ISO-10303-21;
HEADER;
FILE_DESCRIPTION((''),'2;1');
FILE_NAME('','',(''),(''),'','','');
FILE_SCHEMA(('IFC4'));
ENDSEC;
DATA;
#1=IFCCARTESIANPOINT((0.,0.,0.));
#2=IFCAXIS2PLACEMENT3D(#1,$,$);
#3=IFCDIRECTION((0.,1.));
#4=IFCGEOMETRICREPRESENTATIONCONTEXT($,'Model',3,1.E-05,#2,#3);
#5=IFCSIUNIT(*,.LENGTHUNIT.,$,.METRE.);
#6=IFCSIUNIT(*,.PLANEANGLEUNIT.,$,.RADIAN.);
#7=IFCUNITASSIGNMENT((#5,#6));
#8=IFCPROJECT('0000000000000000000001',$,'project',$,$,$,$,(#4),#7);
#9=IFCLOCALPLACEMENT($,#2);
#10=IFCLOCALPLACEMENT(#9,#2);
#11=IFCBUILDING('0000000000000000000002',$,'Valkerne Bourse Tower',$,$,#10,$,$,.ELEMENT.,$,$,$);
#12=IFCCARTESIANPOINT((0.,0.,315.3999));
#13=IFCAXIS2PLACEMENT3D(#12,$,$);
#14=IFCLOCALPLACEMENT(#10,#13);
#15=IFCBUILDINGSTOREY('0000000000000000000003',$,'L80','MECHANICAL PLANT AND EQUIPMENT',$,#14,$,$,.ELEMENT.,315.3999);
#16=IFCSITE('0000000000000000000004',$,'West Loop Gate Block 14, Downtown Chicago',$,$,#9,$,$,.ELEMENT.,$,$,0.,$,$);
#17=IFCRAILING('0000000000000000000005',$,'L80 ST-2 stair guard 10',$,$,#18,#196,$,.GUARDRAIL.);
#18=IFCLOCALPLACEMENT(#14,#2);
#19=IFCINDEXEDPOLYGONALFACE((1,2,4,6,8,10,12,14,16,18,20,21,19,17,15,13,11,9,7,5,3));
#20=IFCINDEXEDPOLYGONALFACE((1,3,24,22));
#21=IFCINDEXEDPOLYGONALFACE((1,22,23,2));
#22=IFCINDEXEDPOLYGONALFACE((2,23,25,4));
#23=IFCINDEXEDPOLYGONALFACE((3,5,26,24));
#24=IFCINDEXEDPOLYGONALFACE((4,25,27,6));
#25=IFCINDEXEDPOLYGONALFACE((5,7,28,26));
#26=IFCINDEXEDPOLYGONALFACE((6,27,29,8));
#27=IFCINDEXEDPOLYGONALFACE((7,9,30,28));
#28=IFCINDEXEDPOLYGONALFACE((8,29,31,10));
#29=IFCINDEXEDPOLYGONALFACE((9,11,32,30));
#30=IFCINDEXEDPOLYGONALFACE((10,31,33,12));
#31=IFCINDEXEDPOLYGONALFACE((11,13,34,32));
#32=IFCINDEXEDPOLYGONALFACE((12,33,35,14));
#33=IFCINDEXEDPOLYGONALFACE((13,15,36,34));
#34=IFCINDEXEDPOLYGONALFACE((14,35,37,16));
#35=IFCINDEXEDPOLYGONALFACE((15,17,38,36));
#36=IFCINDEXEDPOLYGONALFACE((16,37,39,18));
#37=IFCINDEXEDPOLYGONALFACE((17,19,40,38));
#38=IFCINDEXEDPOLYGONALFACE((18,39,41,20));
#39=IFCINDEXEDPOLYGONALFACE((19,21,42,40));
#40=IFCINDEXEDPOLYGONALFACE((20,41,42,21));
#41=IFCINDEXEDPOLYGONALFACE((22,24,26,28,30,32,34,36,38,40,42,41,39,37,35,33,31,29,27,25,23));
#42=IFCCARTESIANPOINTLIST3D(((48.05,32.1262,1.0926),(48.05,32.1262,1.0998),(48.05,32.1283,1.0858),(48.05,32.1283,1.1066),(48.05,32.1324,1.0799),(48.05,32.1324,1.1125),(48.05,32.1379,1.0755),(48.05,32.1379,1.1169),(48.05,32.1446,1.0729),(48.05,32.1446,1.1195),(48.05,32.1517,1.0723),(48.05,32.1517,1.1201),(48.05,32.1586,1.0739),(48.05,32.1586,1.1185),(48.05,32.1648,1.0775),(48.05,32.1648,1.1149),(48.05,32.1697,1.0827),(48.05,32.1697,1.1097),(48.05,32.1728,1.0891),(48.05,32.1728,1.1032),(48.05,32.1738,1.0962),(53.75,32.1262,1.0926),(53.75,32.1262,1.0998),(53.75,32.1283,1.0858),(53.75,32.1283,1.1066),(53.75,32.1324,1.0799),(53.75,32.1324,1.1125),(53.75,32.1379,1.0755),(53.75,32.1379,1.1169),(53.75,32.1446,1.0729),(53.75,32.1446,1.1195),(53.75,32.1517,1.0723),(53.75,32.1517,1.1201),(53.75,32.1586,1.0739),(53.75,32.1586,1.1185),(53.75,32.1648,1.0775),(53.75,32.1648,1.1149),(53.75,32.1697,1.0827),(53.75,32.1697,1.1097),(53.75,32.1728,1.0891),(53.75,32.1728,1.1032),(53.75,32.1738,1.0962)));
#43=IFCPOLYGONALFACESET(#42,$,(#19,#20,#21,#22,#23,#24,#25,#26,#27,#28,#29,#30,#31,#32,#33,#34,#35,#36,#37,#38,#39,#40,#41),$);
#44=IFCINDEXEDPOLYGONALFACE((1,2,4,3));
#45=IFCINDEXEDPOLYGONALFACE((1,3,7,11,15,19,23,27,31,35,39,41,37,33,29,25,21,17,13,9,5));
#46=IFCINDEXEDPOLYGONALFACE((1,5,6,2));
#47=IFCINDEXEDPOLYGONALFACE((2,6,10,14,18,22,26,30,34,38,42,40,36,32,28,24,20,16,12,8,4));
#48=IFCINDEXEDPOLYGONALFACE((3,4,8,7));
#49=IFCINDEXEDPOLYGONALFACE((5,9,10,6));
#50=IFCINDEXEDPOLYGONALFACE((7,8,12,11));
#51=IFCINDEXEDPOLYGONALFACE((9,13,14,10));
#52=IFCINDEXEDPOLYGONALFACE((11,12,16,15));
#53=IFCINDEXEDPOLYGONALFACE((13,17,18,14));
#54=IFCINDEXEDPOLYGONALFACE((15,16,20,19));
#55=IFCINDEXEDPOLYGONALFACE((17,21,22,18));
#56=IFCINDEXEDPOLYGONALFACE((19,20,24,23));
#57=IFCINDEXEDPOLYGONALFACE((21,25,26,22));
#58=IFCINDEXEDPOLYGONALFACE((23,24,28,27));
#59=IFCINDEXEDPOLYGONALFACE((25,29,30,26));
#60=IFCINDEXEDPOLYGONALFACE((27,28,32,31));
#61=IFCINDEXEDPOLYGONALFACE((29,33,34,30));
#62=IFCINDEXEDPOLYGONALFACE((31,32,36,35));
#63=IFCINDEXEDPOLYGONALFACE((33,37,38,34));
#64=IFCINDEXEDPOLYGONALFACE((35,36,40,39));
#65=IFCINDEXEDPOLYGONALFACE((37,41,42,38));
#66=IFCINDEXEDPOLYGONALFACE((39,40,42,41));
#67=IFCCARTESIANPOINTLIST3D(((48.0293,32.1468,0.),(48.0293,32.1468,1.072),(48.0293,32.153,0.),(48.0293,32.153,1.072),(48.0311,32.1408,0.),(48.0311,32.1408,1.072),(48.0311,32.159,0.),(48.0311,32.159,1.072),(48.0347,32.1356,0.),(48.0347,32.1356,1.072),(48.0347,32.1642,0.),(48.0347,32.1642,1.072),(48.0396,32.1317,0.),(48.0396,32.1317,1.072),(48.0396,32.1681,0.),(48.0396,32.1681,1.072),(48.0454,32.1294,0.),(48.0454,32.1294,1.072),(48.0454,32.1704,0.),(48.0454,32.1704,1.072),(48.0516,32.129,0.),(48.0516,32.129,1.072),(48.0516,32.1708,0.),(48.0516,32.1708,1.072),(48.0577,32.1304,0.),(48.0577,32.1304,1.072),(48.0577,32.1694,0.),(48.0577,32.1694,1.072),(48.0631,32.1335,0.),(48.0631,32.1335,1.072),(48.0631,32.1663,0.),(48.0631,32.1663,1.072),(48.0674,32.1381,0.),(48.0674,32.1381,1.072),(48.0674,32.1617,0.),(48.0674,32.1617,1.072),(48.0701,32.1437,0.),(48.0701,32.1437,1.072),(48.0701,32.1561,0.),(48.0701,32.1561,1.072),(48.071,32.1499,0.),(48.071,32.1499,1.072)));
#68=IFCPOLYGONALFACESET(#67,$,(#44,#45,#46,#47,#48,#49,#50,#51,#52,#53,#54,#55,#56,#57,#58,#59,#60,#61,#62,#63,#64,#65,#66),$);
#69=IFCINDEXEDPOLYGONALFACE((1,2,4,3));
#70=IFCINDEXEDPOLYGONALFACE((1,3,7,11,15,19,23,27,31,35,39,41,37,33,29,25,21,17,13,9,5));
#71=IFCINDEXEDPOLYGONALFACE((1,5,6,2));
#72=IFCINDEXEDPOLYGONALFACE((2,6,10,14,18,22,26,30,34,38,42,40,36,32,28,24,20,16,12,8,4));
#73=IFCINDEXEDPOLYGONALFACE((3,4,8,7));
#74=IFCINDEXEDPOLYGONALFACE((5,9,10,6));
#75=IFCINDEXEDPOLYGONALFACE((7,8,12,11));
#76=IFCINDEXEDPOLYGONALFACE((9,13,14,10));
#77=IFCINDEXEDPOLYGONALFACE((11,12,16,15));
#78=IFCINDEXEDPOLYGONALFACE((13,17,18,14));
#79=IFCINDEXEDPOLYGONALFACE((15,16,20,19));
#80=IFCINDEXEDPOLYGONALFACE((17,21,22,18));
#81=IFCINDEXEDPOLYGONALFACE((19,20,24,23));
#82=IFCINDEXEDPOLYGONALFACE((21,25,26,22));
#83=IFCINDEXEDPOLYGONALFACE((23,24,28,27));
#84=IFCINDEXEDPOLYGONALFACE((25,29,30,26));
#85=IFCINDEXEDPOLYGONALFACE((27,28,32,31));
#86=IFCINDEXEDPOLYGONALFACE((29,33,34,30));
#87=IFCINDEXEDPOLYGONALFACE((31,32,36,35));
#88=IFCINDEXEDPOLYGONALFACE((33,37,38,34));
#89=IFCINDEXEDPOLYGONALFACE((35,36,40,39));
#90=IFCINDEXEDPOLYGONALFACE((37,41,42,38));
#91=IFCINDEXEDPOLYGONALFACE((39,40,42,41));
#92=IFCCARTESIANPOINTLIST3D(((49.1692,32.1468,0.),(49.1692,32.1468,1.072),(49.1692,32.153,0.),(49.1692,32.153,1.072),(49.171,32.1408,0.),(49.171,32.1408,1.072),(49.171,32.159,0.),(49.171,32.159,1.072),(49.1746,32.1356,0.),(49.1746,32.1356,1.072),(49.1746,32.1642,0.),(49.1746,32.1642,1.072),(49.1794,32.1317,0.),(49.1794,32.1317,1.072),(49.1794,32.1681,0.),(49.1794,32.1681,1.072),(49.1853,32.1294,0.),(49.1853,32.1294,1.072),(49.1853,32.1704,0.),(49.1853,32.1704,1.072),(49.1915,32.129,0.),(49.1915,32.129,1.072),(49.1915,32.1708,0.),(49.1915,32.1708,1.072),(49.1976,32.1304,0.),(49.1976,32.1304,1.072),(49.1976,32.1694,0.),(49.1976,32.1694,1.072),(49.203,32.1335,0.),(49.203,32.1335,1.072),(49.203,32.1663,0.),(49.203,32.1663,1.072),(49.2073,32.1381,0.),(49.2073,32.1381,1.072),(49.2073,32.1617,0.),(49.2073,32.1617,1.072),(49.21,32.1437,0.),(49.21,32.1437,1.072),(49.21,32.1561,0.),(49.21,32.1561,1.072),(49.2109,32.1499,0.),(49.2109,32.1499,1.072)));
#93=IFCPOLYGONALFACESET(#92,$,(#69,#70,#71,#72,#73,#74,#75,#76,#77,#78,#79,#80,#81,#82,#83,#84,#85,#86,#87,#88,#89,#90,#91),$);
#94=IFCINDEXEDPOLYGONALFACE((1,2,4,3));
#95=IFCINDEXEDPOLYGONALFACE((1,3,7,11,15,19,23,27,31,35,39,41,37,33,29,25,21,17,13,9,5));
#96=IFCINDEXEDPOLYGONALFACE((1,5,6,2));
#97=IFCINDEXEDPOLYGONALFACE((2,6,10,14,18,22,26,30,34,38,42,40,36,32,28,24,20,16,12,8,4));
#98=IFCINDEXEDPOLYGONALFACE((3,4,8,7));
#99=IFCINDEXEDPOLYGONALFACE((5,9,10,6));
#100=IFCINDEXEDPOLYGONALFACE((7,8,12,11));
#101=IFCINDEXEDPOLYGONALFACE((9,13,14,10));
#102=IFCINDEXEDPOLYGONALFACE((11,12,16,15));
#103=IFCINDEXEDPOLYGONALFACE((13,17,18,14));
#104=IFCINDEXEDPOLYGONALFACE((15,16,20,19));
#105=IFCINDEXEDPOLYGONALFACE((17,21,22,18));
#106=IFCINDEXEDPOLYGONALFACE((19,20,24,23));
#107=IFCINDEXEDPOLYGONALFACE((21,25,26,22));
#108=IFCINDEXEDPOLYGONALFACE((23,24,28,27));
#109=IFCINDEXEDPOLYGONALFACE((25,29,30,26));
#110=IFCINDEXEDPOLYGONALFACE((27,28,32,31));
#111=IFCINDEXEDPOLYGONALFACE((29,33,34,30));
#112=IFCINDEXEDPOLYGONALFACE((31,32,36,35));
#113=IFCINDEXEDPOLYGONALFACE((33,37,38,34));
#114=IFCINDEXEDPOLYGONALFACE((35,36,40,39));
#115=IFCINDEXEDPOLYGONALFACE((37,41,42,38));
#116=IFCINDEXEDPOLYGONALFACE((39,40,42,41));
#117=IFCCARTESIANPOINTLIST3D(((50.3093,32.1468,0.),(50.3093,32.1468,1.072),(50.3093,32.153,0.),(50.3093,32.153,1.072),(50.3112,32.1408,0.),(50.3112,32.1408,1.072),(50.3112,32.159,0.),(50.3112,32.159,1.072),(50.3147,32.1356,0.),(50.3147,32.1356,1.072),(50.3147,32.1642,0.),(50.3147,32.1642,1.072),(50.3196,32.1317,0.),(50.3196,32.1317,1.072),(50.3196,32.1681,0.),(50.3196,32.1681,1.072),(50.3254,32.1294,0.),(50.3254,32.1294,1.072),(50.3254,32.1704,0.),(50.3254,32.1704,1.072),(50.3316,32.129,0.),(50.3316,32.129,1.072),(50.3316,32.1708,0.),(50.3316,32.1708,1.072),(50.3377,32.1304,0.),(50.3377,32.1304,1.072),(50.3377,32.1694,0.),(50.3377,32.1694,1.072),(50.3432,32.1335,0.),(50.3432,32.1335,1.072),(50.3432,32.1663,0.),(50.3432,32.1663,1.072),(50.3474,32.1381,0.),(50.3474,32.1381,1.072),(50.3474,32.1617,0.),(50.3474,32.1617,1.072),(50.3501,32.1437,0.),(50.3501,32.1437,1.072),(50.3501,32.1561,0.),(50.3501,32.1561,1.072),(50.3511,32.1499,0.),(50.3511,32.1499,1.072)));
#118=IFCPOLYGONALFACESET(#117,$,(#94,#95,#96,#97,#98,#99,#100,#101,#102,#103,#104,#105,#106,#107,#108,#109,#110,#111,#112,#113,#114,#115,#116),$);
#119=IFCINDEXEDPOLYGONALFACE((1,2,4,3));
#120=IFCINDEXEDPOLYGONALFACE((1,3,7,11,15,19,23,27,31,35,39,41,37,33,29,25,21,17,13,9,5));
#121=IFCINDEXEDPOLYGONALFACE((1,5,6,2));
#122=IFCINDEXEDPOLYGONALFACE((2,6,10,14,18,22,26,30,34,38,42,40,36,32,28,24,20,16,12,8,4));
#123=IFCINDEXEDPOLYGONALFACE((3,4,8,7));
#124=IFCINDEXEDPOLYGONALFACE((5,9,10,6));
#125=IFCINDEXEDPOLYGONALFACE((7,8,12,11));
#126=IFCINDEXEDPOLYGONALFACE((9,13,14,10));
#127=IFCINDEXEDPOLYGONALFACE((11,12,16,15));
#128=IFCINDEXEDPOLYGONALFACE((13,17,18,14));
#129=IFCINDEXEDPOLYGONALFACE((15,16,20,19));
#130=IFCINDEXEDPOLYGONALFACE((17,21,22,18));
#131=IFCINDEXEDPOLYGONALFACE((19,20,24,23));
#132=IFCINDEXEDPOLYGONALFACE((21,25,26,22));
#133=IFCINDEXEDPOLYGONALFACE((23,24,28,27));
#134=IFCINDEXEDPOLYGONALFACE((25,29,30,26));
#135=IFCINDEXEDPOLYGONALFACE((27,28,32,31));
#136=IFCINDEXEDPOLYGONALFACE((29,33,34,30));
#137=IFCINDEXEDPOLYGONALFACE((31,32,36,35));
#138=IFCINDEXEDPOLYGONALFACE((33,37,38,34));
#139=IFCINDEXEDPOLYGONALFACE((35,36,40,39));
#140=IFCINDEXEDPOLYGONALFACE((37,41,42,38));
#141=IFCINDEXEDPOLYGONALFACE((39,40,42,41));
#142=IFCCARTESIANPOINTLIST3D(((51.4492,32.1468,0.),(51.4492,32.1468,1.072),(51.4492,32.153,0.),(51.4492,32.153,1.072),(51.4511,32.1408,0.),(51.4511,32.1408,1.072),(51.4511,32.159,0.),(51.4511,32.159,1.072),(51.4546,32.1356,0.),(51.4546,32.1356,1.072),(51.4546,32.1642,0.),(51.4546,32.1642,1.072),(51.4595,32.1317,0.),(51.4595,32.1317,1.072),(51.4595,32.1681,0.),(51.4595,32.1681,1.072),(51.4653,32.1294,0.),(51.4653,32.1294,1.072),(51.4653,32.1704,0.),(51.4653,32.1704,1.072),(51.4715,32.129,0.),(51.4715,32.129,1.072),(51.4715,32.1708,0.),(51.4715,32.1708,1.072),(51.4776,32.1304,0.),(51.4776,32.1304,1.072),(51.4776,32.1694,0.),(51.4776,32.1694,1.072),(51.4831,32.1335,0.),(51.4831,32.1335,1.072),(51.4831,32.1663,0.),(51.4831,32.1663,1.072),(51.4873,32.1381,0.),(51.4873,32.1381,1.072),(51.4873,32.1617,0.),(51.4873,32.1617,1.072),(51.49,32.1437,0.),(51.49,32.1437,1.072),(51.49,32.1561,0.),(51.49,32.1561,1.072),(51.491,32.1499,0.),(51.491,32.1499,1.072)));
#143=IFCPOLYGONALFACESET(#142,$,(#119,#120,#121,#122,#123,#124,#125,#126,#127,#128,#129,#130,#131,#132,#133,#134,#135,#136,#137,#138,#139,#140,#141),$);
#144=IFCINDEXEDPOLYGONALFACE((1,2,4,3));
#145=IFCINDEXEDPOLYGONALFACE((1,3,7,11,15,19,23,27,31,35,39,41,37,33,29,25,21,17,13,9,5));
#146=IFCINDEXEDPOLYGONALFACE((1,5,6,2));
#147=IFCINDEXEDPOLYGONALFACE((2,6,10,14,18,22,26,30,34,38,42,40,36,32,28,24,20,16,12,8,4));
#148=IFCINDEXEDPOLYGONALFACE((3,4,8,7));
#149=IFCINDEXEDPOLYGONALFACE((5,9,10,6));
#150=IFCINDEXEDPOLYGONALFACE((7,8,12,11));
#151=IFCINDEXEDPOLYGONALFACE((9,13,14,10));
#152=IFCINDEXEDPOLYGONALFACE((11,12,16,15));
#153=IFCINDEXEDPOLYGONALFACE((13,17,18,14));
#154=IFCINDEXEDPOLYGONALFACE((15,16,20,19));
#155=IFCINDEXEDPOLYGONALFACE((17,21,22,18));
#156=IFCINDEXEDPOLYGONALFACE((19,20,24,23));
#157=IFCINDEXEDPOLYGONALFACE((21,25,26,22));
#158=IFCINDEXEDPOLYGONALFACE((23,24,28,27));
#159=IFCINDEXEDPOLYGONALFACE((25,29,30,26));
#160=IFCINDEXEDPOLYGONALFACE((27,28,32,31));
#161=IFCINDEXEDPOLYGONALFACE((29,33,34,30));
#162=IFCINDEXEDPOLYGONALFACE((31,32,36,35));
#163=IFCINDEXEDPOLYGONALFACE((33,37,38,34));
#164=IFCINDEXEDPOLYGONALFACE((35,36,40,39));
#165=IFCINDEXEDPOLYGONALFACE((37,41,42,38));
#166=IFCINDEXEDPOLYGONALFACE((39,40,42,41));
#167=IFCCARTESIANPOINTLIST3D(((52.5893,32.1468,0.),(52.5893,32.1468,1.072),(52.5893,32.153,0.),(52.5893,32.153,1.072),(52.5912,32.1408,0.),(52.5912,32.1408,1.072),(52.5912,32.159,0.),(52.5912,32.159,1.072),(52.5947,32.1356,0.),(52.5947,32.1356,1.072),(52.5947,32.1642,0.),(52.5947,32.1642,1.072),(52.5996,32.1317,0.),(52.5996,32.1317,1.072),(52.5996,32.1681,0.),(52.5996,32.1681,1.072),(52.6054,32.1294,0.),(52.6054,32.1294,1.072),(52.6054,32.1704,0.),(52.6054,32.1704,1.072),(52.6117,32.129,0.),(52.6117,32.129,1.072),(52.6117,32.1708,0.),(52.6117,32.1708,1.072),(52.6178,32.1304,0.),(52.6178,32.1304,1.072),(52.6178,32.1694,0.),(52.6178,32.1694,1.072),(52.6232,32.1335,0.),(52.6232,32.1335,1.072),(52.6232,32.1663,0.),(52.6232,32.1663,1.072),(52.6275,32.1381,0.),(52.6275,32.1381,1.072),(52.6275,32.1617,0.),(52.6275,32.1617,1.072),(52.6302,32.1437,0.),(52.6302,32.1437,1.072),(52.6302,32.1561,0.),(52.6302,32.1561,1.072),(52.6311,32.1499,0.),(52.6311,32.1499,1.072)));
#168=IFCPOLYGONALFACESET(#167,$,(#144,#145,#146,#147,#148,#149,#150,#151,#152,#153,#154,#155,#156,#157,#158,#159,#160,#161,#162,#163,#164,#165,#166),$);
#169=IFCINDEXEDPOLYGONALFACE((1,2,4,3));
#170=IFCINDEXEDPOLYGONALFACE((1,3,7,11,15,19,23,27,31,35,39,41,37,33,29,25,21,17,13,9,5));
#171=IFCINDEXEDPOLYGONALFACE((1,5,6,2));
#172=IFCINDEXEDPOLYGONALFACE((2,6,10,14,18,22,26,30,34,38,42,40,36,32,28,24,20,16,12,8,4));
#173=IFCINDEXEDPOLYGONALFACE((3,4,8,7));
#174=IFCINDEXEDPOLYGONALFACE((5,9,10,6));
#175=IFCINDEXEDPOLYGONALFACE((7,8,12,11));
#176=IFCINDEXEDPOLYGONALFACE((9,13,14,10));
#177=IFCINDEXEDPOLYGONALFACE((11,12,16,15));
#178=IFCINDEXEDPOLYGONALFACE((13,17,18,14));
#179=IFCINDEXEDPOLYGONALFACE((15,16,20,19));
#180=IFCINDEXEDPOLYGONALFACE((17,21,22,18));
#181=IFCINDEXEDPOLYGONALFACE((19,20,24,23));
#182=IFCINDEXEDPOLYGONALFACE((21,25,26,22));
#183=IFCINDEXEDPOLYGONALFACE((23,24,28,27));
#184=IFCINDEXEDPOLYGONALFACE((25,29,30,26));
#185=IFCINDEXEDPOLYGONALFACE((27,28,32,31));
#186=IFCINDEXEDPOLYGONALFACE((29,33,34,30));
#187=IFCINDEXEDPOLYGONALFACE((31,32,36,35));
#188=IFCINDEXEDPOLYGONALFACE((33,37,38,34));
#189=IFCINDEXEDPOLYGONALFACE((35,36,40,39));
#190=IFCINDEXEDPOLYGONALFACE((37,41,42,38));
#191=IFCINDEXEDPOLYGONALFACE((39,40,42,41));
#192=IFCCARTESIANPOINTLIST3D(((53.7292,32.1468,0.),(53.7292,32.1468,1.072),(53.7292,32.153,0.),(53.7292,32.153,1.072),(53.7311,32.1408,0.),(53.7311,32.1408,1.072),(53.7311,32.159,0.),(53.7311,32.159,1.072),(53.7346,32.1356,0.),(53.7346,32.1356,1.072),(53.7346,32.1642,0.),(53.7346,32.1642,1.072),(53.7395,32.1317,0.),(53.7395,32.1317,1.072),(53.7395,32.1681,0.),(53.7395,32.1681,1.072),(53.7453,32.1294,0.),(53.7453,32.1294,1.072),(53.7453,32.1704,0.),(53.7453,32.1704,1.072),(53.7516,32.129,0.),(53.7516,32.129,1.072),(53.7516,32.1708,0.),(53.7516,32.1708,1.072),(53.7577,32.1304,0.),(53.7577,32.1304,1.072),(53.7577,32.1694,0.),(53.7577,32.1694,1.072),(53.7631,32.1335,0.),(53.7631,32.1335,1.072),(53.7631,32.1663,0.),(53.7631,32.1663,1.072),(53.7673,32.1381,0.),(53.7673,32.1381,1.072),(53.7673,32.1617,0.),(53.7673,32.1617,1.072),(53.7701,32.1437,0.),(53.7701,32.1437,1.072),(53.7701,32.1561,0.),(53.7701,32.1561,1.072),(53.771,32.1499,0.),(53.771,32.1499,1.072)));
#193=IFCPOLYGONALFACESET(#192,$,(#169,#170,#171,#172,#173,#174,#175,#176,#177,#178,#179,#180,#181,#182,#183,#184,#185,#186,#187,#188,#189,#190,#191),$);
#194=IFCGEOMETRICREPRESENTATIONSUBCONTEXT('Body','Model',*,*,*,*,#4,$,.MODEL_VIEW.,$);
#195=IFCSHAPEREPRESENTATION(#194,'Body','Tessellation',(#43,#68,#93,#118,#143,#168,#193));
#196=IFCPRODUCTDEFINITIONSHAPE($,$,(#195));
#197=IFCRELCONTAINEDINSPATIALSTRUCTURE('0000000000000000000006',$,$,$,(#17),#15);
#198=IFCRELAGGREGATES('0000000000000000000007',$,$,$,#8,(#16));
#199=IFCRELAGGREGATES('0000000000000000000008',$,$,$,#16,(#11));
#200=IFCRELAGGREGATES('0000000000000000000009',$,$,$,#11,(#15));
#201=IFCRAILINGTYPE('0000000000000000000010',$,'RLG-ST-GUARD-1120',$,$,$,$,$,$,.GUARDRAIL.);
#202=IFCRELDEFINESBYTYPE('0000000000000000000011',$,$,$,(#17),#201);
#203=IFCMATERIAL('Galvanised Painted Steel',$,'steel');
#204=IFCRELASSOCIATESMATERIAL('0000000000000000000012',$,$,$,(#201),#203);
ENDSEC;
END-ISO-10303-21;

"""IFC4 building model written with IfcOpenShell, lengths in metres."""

from ifc_helpers import new_model, si_unit, direction, frame, origin, origin_2d, place, context, subcontext, project, spatial, circle, extrude, material, type_object, element, save


model = new_model("IFC4")

# Units and contexts
model_context = context("Model", 3, precision=1e-05, world=origin(), true_north=direction((0.0, 1.0)))
body_context = subcontext(model_context, "Body", "Model", "MODEL_VIEW")
ifc_project = project(units=[si_unit("LENGTHUNIT", "METRE"), si_unit("PLANEANGLEUNIT", "RADIAN")], contexts=[model_context])

# Site, building, storey
site_placement = place(None, origin())
site = spatial("IfcSite", under=ifc_project, at=site_placement, Name="West Loop Gate Block 14, Downtown Chicago", CompositionType="ELEMENT", RefElevation=0.0)
building_placement = place(site_placement, origin())
building = spatial("IfcBuilding", under=site, at=building_placement, Name="Valkerne Bourse Tower", CompositionType="ELEMENT")
storey_placement = place(building_placement, frame((0.0, 0.0, 315.3999)))
storey = spatial("IfcBuildingStorey", under=building, at=storey_placement, Name="L80", Description="MECHANICAL PLANT AND EQUIPMENT", CompositionType="ELEMENT", Elevation=315.3999)

# Railing
ifc_material_1 = material(Name="Galvanised Painted Steel", Category="steel")
railing_type_1 = type_object("IfcRailingType", Name="RLG-ST-GUARD-1120", PredefinedType="GUARDRAIL", material=ifc_material_1)
railing_1_placement = place(storey_placement, frame((48.05, 32.1499, 0.0)))
element("IfcRailing", 1, at=railing_1_placement, inside=storey, type_object=railing_type_1, Name="L80 ST-2 stair guard 10", PredefinedType="GUARDRAIL", context=body_context, shape_type="SweptSolid", body=[
    extrude(circle(Radius=0.0239, at=origin_2d()), frame((0.0, 0.0, 1.0962), z_axis=(1.0, 0.0, 0.0), x_axis=(0.0, 1.0, 0.0)), (0.0, 0.0, 1.0), 5.7),
    extrude(circle(Radius=0.021, at=origin_2d()), origin(), (0.0, 0.0, 1.0), 1.072),
    extrude(circle(Radius=0.021, at=origin_2d()), frame((1.1399, 0.0, 0.0)), (0.0, 0.0, 1.0), 1.072),
    extrude(circle(Radius=0.021, at=origin_2d()), frame((2.28, 0.0, 0.0)), (0.0, 0.0, 1.0), 1.072),
    extrude(circle(Radius=0.021, at=origin_2d()), frame((3.4199, 0.0, 0.0)), (0.0, 0.0, 1.0), 1.072),
    extrude(circle(Radius=0.021, at=origin_2d()), frame((4.5601, 0.0, 0.0)), (0.0, 0.0, 1.0), 1.072),
    extrude(circle(Radius=0.021, at=origin_2d()), frame((5.7, 0.0, 0.0)), (0.0, 0.0, 1.0), 1.072),
])

save(model, "model.ifc")
